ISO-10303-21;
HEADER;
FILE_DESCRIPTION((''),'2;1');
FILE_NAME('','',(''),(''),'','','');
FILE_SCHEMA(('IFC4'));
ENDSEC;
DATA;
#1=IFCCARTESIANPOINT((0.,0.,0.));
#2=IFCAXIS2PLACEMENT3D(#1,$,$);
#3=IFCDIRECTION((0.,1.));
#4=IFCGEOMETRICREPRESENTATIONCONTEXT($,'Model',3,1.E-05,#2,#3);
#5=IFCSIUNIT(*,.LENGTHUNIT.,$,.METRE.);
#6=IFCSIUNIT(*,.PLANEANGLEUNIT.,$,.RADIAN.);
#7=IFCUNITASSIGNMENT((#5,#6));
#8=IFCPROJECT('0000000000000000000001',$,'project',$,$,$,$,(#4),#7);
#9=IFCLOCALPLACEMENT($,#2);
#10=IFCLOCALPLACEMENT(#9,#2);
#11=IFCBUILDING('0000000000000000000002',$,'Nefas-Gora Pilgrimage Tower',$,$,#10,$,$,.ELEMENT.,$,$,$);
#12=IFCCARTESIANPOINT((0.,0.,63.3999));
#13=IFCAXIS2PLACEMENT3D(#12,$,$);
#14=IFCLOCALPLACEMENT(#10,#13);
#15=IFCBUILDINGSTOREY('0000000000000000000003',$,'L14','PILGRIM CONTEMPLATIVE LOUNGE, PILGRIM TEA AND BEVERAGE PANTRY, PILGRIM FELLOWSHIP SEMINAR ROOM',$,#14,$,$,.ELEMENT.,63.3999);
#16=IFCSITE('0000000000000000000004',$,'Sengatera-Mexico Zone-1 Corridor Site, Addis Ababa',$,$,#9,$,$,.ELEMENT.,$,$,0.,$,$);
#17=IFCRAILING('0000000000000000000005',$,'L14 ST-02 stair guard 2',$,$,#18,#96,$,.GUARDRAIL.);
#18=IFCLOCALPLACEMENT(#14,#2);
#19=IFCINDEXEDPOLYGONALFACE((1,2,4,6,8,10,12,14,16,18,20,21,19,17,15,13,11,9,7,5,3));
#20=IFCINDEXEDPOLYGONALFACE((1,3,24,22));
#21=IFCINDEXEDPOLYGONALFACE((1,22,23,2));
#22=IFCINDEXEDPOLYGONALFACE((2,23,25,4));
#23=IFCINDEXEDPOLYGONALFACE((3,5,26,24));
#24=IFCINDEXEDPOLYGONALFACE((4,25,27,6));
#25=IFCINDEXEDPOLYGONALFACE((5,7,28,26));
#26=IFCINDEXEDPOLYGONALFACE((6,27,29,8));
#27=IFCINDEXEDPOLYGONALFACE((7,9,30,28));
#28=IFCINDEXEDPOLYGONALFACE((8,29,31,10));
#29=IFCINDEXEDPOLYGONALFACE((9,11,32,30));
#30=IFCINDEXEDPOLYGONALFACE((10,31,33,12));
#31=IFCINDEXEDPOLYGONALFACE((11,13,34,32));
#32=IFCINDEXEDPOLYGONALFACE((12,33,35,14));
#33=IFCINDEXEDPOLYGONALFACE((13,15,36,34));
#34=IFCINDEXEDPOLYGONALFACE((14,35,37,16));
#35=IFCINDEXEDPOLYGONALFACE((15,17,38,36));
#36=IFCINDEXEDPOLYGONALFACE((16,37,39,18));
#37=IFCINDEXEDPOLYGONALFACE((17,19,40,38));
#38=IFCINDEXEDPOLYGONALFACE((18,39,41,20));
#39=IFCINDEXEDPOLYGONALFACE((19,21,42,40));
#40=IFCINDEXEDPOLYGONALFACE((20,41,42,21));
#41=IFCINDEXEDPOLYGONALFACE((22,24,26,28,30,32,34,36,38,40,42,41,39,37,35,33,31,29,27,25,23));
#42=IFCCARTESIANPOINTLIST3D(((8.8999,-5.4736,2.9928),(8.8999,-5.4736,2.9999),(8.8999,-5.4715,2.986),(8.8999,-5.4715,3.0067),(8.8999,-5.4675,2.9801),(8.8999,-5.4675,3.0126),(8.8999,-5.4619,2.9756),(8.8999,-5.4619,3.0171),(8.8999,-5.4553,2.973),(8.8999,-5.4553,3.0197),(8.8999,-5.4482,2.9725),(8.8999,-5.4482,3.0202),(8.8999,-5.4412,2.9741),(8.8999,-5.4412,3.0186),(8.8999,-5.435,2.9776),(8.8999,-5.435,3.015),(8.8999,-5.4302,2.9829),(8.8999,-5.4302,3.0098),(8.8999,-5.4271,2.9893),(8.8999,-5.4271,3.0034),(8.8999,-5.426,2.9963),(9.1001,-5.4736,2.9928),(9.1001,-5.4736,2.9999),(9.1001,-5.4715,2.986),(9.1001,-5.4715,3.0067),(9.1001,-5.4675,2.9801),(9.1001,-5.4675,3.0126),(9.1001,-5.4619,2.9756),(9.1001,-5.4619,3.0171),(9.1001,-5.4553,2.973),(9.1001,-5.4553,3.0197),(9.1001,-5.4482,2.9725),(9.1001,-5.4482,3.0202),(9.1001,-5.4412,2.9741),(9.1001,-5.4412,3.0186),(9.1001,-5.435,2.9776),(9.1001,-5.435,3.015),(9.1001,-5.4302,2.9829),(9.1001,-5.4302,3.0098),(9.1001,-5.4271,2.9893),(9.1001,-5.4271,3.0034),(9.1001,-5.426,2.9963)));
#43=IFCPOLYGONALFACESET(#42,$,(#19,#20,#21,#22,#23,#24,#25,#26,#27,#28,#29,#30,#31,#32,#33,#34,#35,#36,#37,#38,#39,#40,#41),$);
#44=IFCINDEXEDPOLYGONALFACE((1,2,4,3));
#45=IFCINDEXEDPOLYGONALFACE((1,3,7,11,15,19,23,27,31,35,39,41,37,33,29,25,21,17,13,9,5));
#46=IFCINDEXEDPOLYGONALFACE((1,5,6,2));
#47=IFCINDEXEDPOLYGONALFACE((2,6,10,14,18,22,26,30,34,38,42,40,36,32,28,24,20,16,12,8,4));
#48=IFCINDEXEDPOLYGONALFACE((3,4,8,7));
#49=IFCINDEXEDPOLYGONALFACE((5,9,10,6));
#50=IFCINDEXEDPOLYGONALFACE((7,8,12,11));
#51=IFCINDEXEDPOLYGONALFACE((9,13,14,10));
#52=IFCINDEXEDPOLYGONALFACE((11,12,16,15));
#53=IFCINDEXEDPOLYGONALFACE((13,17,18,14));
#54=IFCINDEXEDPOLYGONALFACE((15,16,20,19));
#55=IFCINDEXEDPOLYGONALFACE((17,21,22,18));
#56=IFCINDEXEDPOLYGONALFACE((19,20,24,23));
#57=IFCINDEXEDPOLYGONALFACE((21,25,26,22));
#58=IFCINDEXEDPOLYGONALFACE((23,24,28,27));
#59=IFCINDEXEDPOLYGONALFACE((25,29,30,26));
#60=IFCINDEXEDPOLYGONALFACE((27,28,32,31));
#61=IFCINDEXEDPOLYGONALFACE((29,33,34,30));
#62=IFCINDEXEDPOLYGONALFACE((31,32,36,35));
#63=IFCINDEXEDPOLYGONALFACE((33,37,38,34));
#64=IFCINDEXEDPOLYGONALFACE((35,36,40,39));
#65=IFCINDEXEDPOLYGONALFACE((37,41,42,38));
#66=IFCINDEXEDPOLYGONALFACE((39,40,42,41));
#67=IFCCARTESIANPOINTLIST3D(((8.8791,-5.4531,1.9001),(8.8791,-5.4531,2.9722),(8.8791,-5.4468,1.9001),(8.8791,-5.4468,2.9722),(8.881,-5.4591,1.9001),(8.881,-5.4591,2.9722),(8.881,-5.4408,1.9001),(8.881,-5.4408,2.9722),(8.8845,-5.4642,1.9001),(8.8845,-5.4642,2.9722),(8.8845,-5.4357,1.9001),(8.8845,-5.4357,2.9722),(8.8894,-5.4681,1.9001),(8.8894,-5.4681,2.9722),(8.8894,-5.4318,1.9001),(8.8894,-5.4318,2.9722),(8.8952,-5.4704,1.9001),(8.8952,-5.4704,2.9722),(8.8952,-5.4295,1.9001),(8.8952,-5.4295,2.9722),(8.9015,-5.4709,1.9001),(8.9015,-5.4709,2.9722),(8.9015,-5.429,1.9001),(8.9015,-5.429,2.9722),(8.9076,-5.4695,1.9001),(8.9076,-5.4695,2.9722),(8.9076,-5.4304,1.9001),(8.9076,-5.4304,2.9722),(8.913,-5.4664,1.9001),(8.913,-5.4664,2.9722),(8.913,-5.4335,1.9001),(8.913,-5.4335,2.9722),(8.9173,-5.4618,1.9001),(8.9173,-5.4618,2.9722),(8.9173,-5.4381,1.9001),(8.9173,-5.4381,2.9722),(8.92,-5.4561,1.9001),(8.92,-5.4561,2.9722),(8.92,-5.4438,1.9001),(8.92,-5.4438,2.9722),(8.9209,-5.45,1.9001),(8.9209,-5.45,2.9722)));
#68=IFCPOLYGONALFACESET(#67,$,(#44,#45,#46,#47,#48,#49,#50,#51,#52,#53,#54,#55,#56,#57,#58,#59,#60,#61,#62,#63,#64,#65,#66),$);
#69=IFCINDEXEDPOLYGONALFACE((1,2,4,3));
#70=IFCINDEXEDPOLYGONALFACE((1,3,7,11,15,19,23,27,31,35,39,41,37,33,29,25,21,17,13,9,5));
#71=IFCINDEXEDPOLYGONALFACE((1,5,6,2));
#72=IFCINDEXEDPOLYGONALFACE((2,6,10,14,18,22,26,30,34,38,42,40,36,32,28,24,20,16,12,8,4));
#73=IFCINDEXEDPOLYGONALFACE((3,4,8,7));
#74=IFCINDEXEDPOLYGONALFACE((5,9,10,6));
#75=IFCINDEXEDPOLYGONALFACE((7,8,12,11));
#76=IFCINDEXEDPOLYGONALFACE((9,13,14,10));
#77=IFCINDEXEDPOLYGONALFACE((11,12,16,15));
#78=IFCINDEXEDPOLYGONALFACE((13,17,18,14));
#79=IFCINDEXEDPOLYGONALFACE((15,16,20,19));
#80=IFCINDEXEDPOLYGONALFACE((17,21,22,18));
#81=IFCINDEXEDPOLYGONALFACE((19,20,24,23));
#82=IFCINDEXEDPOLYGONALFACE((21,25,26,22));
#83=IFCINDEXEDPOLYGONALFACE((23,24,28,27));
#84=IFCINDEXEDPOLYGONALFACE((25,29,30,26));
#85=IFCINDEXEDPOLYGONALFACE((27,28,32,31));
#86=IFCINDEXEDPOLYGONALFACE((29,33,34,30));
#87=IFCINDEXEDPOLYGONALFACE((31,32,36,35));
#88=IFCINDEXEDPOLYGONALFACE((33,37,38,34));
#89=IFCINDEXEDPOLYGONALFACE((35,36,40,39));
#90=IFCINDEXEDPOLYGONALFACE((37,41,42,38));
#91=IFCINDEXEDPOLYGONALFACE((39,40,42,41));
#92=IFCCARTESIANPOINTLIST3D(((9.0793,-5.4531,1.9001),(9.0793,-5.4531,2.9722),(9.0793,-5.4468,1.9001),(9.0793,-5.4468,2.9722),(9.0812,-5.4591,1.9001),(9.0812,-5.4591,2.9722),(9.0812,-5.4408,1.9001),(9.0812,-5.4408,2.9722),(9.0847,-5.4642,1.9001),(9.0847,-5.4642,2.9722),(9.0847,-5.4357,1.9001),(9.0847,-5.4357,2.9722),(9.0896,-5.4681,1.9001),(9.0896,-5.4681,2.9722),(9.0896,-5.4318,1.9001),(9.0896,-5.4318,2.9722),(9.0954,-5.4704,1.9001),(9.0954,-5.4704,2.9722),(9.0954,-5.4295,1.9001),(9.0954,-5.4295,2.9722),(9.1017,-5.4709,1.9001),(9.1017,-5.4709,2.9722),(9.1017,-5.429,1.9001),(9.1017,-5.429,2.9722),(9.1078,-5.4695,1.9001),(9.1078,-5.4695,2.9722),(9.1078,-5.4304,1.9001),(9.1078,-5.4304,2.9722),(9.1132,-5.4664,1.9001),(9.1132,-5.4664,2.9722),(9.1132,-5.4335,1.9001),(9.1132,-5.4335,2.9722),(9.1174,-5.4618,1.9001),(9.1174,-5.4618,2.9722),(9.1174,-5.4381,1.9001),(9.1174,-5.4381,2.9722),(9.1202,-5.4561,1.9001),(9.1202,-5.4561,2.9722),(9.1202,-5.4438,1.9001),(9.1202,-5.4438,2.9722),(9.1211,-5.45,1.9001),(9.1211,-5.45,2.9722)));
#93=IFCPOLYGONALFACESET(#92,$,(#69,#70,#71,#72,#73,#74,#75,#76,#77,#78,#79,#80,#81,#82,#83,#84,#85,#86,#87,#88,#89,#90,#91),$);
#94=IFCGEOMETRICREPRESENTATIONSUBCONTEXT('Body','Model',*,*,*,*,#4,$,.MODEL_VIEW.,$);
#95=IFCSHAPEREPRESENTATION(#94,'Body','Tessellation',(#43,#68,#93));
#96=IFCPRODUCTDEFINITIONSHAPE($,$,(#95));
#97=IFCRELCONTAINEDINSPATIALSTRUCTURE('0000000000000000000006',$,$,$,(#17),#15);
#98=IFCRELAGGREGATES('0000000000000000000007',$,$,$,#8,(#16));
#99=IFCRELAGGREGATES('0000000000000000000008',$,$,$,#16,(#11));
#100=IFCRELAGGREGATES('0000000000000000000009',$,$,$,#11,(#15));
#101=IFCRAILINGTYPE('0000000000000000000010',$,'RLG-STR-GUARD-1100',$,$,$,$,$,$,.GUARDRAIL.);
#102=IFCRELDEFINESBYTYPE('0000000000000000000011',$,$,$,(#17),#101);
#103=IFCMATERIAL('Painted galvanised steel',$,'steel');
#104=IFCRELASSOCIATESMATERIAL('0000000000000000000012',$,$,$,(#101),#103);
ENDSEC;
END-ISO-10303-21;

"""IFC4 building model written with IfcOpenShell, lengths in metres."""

from ifc_helpers import new_model, si_unit, direction, frame, origin, origin_2d, place, context, subcontext, project, spatial, circle, extrude, material, type_object, element, save


model = new_model("IFC4")

# Units and contexts
model_context = context("Model", 3, precision=1e-05, world=origin(), true_north=direction((0.0, 1.0)))
body_context = subcontext(model_context, "Body", "Model", "MODEL_VIEW")
ifc_project = project(units=[si_unit("LENGTHUNIT", "METRE"), si_unit("PLANEANGLEUNIT", "RADIAN")], contexts=[model_context])

# Site, building, storey
site_placement = place(None, origin())
site = spatial("IfcSite", under=ifc_project, at=site_placement, Name="Sengatera-Mexico Zone-1 Corridor Site, Addis Ababa", CompositionType="ELEMENT", RefElevation=0.0)
building_placement = place(site_placement, origin())
building = spatial("IfcBuilding", under=site, at=building_placement, Name="Nefas-Gora Pilgrimage Tower", CompositionType="ELEMENT")
storey_placement = place(building_placement, frame((0.0, 0.0, 63.3999)))
storey = spatial("IfcBuildingStorey", under=building, at=storey_placement, Name="L14", Description="PILGRIM CONTEMPLATIVE LOUNGE, PILGRIM TEA AND BEVERAGE PANTRY, PILGRIM FELLOWSHIP SEMINAR ROOM", CompositionType="ELEMENT", Elevation=63.3999)

# Railing
ifc_material_1 = material(Name="Painted galvanised steel", Category="steel")
railing_type_1 = type_object("IfcRailingType", Name="RLG-STR-GUARD-1100", PredefinedType="GUARDRAIL", material=ifc_material_1)
railing_1_placement = place(storey_placement, frame((8.8999, -5.45, 1.9001)))
element("IfcRailing", 1, at=railing_1_placement, inside=storey, type_object=railing_type_1, Name="L14 ST-02 stair guard 2", PredefinedType="GUARDRAIL", context=body_context, shape_type="SweptSolid", body=[
    extrude(circle(Radius=0.0239, at=origin_2d()), frame((0.0, 0.0, 1.0962), z_axis=(1.0, 0.0, 0.0), x_axis=(0.0, 1.0, 0.0)), (0.0, 0.0, 1.0), 0.2002),
    extrude(circle(Radius=0.021, at=origin_2d()), origin(), (0.0, 0.0, 1.0), 1.072),
    extrude(circle(Radius=0.021, at=origin_2d()), frame((0.2002, 0.0, 0.0)), (0.0, 0.0, 1.0), 1.072),
])

save(model, "model.ifc")
